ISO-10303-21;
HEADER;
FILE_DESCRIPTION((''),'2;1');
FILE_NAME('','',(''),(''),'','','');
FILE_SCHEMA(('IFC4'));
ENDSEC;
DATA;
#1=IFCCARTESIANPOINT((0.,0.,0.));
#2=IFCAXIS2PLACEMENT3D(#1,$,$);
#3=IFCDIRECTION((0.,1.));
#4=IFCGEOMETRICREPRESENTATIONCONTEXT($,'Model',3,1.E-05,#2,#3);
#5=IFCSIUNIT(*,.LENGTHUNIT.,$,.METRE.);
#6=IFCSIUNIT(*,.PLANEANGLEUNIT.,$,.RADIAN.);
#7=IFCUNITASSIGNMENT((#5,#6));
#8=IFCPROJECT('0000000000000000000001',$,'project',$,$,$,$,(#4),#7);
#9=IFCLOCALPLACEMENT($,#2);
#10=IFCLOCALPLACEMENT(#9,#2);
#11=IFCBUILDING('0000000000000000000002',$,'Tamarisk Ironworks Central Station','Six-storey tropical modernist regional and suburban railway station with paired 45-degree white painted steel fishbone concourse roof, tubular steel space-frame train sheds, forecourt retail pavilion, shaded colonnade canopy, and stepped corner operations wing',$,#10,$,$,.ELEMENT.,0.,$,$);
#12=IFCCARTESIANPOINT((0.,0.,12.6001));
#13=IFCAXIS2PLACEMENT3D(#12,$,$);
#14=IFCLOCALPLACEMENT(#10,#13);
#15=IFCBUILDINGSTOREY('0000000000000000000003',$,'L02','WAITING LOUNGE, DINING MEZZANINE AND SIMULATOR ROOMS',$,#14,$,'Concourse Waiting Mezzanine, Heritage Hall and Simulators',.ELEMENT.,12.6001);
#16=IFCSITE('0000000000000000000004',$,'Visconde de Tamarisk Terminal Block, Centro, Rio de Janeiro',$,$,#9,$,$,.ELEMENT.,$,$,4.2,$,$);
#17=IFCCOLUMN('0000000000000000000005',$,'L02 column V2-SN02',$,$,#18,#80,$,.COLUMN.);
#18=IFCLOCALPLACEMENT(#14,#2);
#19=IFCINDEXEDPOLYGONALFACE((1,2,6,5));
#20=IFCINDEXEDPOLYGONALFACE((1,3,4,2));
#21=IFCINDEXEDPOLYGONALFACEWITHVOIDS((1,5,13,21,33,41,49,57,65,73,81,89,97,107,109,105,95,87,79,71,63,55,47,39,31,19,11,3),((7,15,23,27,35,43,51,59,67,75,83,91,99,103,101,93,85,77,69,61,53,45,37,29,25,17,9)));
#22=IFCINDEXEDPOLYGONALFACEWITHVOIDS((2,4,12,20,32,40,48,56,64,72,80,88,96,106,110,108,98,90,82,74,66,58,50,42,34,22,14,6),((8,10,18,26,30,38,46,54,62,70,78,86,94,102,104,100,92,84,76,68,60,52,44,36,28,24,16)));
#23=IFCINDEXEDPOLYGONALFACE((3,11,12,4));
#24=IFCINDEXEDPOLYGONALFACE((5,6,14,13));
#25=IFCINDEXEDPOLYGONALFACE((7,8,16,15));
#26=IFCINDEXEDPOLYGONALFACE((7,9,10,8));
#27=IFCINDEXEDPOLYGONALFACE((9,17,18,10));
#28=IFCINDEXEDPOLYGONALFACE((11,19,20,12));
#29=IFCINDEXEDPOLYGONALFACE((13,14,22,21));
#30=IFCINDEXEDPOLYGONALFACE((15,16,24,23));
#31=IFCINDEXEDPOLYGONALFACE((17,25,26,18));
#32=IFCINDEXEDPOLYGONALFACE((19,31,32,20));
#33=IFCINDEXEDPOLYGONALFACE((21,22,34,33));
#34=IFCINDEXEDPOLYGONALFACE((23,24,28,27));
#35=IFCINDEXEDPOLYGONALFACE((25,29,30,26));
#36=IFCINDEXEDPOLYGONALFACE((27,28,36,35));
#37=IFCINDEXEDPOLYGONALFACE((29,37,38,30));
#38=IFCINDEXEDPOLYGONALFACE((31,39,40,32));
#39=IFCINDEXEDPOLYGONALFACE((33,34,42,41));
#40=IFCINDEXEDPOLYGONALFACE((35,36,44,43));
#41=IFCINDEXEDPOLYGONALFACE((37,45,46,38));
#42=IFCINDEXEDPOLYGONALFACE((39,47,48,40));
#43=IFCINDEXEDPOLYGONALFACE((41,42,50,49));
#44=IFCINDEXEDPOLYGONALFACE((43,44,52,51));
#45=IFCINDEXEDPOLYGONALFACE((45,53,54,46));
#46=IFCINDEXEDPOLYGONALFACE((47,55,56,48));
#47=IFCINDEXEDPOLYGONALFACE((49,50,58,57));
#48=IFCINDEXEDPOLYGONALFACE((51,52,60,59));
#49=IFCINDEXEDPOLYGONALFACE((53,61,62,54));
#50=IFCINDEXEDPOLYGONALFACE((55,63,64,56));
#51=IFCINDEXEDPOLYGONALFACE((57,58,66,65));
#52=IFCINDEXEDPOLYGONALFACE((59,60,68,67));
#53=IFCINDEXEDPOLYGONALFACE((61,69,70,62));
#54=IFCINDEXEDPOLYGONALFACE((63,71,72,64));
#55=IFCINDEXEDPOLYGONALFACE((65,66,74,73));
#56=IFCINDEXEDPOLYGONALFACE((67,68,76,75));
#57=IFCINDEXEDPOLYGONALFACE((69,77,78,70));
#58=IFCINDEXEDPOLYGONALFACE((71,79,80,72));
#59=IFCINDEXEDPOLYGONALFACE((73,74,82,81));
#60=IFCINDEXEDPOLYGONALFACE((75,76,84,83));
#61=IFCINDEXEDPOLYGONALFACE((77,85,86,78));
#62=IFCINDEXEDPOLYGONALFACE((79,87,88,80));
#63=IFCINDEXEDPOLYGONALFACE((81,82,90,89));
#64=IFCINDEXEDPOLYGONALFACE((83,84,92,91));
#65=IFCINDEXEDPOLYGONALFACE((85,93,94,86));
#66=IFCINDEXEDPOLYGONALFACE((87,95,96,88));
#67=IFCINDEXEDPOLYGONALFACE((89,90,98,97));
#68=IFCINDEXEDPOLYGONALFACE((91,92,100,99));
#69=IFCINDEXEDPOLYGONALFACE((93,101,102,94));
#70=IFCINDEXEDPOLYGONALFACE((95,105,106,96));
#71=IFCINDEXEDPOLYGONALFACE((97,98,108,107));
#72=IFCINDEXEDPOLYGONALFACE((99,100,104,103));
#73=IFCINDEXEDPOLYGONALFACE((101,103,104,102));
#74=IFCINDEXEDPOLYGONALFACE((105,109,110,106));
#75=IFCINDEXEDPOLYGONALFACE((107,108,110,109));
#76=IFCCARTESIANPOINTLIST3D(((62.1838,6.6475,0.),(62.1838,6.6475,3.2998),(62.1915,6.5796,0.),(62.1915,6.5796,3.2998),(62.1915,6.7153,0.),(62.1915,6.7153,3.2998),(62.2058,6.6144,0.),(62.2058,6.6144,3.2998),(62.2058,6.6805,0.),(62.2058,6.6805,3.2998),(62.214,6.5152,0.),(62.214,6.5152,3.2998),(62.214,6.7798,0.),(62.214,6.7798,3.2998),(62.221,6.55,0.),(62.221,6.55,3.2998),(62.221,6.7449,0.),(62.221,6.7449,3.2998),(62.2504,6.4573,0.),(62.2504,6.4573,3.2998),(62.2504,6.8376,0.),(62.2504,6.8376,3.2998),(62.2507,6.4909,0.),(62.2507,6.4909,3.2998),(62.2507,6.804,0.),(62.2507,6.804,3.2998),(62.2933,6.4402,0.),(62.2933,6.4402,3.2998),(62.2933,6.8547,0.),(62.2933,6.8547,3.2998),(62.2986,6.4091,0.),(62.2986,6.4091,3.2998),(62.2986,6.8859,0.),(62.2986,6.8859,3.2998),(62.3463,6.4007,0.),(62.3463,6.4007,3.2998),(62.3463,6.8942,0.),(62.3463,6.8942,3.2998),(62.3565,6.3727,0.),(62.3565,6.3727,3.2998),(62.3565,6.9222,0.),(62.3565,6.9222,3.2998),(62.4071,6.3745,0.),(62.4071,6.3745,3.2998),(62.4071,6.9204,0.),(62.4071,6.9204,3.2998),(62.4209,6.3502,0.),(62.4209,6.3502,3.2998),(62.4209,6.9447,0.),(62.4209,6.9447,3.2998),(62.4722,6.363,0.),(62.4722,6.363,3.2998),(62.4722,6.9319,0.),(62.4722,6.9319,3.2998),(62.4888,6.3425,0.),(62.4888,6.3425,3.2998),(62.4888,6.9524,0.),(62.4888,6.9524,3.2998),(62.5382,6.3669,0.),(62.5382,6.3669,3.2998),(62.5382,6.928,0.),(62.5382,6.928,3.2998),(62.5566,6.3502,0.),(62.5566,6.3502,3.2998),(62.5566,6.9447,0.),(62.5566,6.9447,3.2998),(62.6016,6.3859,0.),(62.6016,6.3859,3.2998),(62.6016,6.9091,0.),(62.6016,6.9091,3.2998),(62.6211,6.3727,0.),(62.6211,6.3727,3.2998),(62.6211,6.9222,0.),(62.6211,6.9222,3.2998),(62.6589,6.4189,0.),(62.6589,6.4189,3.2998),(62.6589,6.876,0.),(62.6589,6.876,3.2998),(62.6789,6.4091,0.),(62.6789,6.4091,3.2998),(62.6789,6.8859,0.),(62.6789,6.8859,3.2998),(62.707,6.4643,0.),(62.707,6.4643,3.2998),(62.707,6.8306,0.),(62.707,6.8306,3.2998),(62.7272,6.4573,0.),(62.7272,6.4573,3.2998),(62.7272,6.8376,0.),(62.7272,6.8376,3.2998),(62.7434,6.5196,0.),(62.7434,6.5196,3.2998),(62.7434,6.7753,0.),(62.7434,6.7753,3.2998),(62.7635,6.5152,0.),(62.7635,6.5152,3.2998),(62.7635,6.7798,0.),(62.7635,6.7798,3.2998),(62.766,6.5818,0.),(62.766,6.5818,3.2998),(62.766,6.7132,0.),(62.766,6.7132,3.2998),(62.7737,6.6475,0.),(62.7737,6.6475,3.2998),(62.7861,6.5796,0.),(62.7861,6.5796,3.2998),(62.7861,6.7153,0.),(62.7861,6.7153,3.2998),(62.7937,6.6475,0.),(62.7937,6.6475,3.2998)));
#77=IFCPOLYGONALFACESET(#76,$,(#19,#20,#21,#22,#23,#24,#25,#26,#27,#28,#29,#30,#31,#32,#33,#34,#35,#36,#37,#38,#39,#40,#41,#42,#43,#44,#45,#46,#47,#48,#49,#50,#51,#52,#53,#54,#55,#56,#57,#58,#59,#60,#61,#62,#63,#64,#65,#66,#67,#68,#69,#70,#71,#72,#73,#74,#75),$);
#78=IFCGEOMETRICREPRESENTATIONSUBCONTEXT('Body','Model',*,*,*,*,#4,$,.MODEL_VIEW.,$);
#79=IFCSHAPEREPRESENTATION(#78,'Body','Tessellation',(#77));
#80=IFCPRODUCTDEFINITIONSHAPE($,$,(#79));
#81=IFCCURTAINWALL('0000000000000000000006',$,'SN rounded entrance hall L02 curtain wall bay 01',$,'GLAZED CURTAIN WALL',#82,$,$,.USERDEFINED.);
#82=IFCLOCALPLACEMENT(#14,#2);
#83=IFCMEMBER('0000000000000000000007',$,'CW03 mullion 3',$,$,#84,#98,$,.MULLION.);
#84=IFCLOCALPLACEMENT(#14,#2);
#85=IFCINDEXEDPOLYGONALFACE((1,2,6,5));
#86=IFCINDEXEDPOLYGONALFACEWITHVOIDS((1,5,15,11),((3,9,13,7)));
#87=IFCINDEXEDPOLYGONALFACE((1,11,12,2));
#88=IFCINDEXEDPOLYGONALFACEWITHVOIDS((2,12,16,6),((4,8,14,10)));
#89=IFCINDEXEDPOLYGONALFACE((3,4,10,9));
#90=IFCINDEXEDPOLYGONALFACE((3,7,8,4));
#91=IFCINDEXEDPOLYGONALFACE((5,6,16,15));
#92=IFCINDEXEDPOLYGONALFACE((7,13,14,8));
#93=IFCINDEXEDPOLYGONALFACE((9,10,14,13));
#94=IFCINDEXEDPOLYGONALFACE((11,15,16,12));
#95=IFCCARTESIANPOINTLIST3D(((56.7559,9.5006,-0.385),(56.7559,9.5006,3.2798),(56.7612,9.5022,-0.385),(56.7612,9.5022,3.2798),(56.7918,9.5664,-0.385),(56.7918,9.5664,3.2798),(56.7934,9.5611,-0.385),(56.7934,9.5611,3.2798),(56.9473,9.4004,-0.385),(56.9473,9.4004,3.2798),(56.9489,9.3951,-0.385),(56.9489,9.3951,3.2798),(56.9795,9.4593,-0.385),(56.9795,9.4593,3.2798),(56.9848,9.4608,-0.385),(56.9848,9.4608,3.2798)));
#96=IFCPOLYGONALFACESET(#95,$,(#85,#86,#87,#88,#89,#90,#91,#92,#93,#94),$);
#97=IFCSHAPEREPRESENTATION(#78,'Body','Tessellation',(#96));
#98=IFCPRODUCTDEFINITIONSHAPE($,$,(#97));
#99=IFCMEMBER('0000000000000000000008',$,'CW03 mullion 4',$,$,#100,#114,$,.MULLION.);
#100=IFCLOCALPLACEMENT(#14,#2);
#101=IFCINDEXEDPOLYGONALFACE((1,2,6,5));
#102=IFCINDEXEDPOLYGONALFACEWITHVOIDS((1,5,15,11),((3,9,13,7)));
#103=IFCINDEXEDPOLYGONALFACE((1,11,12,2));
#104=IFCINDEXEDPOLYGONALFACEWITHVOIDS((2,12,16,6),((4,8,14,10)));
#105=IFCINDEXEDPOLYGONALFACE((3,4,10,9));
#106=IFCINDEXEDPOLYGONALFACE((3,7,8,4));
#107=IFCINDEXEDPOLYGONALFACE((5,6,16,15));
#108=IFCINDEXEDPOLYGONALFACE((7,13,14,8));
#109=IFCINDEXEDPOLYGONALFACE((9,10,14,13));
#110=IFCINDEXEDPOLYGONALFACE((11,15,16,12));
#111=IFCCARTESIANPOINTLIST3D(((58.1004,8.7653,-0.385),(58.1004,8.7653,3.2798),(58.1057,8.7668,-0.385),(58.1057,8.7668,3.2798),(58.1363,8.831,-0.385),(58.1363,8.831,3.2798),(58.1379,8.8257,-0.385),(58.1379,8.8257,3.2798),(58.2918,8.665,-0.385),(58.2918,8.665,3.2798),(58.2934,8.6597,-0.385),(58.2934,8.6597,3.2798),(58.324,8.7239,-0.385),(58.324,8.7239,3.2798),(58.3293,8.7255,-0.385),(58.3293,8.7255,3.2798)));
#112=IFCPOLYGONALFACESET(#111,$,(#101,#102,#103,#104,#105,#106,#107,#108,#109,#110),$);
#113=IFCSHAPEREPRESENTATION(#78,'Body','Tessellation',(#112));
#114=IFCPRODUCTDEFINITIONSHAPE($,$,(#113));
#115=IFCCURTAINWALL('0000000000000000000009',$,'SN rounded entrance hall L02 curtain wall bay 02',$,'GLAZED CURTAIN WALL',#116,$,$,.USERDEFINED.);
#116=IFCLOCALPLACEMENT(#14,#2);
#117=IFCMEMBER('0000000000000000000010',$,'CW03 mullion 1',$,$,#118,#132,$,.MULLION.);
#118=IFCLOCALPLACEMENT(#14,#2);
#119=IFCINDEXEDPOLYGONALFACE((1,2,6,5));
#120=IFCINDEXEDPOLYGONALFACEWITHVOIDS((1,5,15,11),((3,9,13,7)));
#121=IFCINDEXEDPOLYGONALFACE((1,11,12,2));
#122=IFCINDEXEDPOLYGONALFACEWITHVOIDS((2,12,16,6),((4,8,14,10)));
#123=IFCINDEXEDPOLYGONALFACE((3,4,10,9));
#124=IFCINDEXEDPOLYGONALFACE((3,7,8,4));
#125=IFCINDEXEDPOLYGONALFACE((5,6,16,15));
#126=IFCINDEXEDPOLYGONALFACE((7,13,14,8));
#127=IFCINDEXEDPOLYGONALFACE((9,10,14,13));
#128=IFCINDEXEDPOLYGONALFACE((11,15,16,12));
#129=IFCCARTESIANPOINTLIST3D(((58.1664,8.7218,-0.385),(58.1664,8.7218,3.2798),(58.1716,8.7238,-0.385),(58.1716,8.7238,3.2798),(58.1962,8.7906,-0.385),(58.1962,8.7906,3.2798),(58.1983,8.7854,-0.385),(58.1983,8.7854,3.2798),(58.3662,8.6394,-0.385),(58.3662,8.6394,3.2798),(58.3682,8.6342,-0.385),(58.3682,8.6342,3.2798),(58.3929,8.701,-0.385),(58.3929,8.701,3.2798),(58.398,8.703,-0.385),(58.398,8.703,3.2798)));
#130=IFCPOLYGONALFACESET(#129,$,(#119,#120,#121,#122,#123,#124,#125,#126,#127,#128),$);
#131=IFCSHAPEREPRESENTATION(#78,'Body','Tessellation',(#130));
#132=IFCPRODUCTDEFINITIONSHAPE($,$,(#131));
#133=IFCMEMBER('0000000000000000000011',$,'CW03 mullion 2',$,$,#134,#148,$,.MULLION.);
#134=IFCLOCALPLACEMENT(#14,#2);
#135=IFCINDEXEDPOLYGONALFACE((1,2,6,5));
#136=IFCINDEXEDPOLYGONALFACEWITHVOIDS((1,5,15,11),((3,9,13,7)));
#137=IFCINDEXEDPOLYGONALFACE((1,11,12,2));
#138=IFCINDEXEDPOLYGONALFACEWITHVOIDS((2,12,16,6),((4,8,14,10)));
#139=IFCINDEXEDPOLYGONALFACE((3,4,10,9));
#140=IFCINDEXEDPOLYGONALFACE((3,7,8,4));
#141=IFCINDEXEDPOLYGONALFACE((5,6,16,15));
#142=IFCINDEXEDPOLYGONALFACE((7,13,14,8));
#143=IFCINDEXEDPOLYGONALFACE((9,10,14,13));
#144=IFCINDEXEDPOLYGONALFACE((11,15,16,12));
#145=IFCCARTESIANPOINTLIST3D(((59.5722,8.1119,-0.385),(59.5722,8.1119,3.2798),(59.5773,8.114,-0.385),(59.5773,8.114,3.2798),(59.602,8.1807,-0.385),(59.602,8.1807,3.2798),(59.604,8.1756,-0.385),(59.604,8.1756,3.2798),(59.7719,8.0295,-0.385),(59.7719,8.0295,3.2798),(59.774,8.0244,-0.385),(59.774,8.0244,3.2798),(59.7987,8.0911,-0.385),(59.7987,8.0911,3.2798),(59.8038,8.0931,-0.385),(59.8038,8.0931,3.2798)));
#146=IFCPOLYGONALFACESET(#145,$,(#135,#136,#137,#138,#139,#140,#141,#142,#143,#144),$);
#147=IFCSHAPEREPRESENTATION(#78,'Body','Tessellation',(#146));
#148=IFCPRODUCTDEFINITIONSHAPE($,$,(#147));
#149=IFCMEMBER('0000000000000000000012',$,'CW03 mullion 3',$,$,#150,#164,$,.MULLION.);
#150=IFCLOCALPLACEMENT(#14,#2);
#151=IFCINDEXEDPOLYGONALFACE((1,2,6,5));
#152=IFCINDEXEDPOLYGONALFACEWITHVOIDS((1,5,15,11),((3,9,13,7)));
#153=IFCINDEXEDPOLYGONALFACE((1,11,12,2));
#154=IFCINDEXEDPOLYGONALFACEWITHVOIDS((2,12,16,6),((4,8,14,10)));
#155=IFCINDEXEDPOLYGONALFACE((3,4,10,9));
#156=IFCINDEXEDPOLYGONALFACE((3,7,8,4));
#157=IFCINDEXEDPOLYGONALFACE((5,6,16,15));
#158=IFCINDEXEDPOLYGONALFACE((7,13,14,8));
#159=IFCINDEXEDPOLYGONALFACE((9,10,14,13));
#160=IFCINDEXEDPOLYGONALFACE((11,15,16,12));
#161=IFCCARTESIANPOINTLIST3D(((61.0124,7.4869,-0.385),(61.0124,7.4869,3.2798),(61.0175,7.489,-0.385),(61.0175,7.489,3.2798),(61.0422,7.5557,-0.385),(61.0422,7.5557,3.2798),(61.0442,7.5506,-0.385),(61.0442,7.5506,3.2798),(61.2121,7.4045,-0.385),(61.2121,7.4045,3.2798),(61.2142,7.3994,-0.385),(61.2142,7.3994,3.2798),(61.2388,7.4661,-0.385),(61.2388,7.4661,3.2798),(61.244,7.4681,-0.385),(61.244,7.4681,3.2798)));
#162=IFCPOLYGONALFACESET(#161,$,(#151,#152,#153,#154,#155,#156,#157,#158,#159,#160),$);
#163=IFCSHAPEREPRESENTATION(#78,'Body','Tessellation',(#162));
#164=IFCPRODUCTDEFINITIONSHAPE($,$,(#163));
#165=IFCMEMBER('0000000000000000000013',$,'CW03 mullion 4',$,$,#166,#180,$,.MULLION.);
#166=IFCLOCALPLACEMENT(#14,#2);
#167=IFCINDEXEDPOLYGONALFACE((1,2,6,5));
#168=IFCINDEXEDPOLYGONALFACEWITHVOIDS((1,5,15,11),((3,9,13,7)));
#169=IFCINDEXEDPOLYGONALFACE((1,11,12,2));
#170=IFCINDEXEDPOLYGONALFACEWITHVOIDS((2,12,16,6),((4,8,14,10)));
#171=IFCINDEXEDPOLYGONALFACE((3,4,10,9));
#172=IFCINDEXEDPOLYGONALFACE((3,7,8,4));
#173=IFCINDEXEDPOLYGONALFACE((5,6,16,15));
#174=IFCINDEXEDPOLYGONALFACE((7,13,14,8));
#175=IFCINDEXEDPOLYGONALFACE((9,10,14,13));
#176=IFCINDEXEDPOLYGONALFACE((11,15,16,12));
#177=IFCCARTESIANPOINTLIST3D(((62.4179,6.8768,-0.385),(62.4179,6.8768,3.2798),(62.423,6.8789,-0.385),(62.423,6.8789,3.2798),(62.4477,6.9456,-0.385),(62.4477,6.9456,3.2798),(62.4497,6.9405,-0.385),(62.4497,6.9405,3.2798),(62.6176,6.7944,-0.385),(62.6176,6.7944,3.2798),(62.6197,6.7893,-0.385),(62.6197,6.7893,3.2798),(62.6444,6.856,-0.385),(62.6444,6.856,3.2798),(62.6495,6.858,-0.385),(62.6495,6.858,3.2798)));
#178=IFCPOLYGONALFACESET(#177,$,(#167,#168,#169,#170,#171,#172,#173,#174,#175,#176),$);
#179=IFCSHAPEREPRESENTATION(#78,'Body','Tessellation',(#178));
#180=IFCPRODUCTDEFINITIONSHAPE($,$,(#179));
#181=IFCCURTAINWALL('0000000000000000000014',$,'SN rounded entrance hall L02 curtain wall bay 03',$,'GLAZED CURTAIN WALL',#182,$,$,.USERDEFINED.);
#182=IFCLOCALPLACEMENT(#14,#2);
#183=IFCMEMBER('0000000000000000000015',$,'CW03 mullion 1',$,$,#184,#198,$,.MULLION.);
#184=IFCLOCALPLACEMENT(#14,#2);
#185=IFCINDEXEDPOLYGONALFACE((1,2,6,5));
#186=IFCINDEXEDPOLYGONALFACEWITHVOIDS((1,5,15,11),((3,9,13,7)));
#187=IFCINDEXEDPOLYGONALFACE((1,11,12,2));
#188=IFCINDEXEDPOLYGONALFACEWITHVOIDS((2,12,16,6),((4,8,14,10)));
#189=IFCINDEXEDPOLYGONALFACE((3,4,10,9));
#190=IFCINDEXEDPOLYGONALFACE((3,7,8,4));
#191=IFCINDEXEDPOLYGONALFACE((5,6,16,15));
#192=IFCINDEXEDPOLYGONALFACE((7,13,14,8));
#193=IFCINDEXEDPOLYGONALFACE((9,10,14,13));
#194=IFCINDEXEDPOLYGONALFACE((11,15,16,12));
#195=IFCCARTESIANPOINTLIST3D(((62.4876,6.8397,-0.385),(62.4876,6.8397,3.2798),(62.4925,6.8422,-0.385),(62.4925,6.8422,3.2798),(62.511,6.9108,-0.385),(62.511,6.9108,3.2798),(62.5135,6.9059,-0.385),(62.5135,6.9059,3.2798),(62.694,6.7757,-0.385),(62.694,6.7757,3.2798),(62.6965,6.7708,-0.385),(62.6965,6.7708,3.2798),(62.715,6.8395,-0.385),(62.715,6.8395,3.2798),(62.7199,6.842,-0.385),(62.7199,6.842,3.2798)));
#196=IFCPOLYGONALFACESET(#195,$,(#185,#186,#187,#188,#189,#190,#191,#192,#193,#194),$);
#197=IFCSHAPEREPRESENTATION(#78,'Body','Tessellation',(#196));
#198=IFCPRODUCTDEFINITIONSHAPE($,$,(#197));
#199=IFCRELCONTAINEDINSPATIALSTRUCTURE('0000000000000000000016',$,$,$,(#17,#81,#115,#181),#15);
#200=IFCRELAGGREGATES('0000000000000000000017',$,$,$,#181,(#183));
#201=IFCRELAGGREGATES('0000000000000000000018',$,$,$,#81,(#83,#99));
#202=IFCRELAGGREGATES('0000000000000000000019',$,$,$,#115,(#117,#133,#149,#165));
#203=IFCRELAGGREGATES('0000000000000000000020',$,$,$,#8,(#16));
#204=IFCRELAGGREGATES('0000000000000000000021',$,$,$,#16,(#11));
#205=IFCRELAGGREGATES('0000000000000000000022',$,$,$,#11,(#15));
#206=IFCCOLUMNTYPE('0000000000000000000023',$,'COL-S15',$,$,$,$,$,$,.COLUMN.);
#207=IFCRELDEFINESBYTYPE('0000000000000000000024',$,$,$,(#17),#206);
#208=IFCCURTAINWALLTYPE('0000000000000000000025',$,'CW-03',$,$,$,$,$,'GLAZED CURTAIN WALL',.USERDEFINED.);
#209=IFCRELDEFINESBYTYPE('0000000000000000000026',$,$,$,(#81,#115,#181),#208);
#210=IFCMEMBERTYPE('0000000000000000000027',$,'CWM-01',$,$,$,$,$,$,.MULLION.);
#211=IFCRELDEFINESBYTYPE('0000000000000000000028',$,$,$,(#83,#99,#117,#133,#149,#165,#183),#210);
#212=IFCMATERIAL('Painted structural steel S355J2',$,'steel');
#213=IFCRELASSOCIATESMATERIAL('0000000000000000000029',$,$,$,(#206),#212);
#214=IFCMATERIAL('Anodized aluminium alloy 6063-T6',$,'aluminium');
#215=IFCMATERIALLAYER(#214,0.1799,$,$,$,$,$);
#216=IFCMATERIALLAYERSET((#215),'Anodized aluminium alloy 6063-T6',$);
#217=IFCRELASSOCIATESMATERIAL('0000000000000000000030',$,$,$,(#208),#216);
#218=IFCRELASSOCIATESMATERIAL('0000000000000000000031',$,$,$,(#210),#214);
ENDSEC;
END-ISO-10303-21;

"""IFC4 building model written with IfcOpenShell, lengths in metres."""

from ifc_helpers import new_model, si_unit, direction, frame, origin, origin_2d, place, context, subcontext, project, spatial, hollow_rectangle, hollow_circle, extrude, material, layer, layer_set, material_profile, profile_set, type_object, element, aggregate, save


model = new_model("IFC4")

# Units and contexts
model_context = context("Model", 3, precision=1e-05, world=origin(), true_north=direction((0.0, 1.0)))
body_context = subcontext(model_context, "Body", "Model", "MODEL_VIEW")
ifc_project = project(units=[si_unit("LENGTHUNIT", "METRE"), si_unit("PLANEANGLEUNIT", "RADIAN")], contexts=[model_context])

# Site, building, storey
site_placement = place(None, origin())
site = spatial("IfcSite", under=ifc_project, at=site_placement, Name="Visconde de Tamarisk Terminal Block, Centro, Rio de Janeiro", CompositionType="ELEMENT", RefElevation=4.2)
building_placement = place(site_placement, origin())
building = spatial("IfcBuilding", under=site, at=building_placement, Name="Tamarisk Ironworks Central Station", Description="Six-storey tropical modernist regional and suburban railway station with paired 45-degree white painted steel fishbone concourse roof, tubular steel space-frame train sheds, forecourt retail pavilion, shaded colonnade canopy, and stepped corner operations wing", CompositionType="ELEMENT", ElevationOfRefHeight=0.0)
storey_placement = place(building_placement, frame((0.0, 0.0, 12.6001)))
storey = spatial("IfcBuildingStorey", under=building, at=storey_placement, Name="L02", Description="WAITING LOUNGE, DINING MEZZANINE AND SIMULATOR ROOMS", LongName="Concourse Waiting Mezzanine, Heritage Hall and Simulators", CompositionType="ELEMENT", Elevation=12.6001)

# Column
ifc_material_1 = material(Name="Painted structural steel S355J2", Category="steel")
ifc_material_profile_1 = material_profile(ifc_material_1, hollow_circle(Radius=0.3049, WallThickness=0.02, at=origin_2d()), Name="CHS 610x20")
ifc_profile_set_1 = profile_set([ifc_material_profile_1], Name="Painted structural steel S355J2")
column_type = type_object("IfcColumnType", Name="COL-S15", PredefinedType="COLUMN", material=ifc_profile_set_1)
column_placement = place(storey_placement, frame((62.4888, 6.6475, 0.0), z_axis=(0.0, 0.0, 1.0), x_axis=(1.0, 0.0, 0.0)))
element("IfcColumn", 1, at=column_placement, inside=storey, type_object=column_type, Name="L02 column V2-SN02", PredefinedType="COLUMN", context=body_context, shape_type="SweptSolid", body=[
    extrude(hollow_circle(Radius=0.3049, WallThickness=0.02, at=origin_2d()), origin(), (0.0, 0.0, 1.0), 3.2998),
])

# Curtain walls, members
ifc_material_2 = material(Name="Anodized aluminium alloy 6063-T6", Category="aluminium")
ifc_layer_1 = layer(ifc_material_2, 0.1799)
ifc_layer_set_1 = layer_set([ifc_layer_1], Name="Anodized aluminium alloy 6063-T6")
curtain_wall_type = type_object("IfcCurtainWallType", Name="CW-03", ElementType="GLAZED CURTAIN WALL", PredefinedType="USERDEFINED", material=ifc_layer_set_1)
curtain_wall_1_placement = place(storey_placement, origin())
curtain_wall_1 = element("IfcCurtainWall", 2, at=curtain_wall_1_placement, inside=storey, type_object=curtain_wall_type, Name="SN rounded entrance hall L02 curtain wall bay 01", ObjectType="GLAZED CURTAIN WALL", PredefinedType="USERDEFINED")
ifc_material_profile_2 = material_profile(ifc_material_2, hollow_rectangle(XDim=0.075, YDim=0.22, WallThickness=0.0039, at=origin_2d()), Name="ALUM 220x75")
ifc_profile_set_2 = profile_set([ifc_material_profile_2], Name="Anodized aluminium alloy 6063-T6")
member_type_1 = type_object("IfcMemberType", Name="CWM-01", PredefinedType="MULLION", material=ifc_profile_set_2)
member_1_placement = place(storey_placement, frame((56.8704, 9.4807, -0.385), z_axis=(0.0, 0.0, 1.0), x_axis=(0.479805, 0.877375, 0.0)))
member_1 = element("IfcMember", 3, at=member_1_placement, type_object=member_type_1, Name="CW03 mullion 3", PredefinedType="MULLION", context=body_context, shape_type="SweptSolid", body=[
    extrude(hollow_rectangle(XDim=0.075, YDim=0.22, WallThickness=0.0039, at=origin_2d()), origin(), (0.0, 0.0, 1.0), 3.6648),
])
member_2_placement = place(storey_placement, frame((58.2148, 8.7454, -0.385), z_axis=(0.0, 0.0, 1.0), x_axis=(0.479805, 0.877375, 0.0)))
member_2 = element("IfcMember", 4, at=member_2_placement, type_object=member_type_1, Name="CW03 mullion 4", PredefinedType="MULLION", context=body_context, shape_type="SweptSolid", body=[
    extrude(hollow_rectangle(XDim=0.075, YDim=0.22, WallThickness=0.0039, at=origin_2d()), origin(), (0.0, 0.0, 1.0), 3.6648),
])
curtain_wall_2_placement = place(storey_placement, origin())
curtain_wall_2 = element("IfcCurtainWall", 5, at=curtain_wall_2_placement, inside=storey, type_object=curtain_wall_type, Name="SN rounded entrance hall L02 curtain wall bay 02", ObjectType="GLAZED CURTAIN WALL", PredefinedType="USERDEFINED")
member_3_placement = place(storey_placement, frame((58.2822, 8.7124, -0.385), z_axis=(0.0, 0.0, 1.0), x_axis=(0.398077, 0.917352, 0.0)))
member_3 = element("IfcMember", 6, at=member_3_placement, type_object=member_type_1, Name="CW03 mullion 1", PredefinedType="MULLION", context=body_context, shape_type="SweptSolid", body=[
    extrude(hollow_rectangle(XDim=0.075, YDim=0.22, WallThickness=0.0039, at=origin_2d()), origin(), (0.0, 0.0, 1.0), 3.6648),
])
member_4_placement = place(storey_placement, frame((59.688, 8.1025, -0.385), z_axis=(0.0, 0.0, 1.0), x_axis=(0.398077, 0.917352, 0.0)))
member_4 = element("IfcMember", 7, at=member_4_placement, type_object=member_type_1, Name="CW03 mullion 2", PredefinedType="MULLION", context=body_context, shape_type="SweptSolid", body=[
    extrude(hollow_rectangle(XDim=0.075, YDim=0.22, WallThickness=0.0039, at=origin_2d()), origin(), (0.0, 0.0, 1.0), 3.6648),
])
member_5_placement = place(storey_placement, frame((61.1282, 7.4775, -0.385), z_axis=(0.0, 0.0, 1.0), x_axis=(0.398077, 0.917352, 0.0)))
member_5 = element("IfcMember", 8, at=member_5_placement, type_object=member_type_1, Name="CW03 mullion 3", PredefinedType="MULLION", context=body_context, shape_type="SweptSolid", body=[
    extrude(hollow_rectangle(XDim=0.075, YDim=0.22, WallThickness=0.0039, at=origin_2d()), origin(), (0.0, 0.0, 1.0), 3.6648),
])
member_6_placement = place(storey_placement, frame((62.5337, 6.8674, -0.385), z_axis=(0.0, 0.0, 1.0), x_axis=(0.398077, 0.917352, 0.0)))
member_6 = element("IfcMember", 9, at=member_6_placement, type_object=member_type_1, Name="CW03 mullion 4", PredefinedType="MULLION", context=body_context, shape_type="SweptSolid", body=[
    extrude(hollow_rectangle(XDim=0.075, YDim=0.22, WallThickness=0.0039, at=origin_2d()), origin(), (0.0, 0.0, 1.0), 3.6648),
])

# Curtain wall, member
curtain_wall_3_placement = place(storey_placement, origin())
curtain_wall_3 = element("IfcCurtainWall", 10, at=curtain_wall_3_placement, inside=storey, type_object=curtain_wall_type, Name="SN rounded entrance hall L02 curtain wall bay 03", ObjectType="GLAZED CURTAIN WALL", PredefinedType="USERDEFINED")
member_7_placement = place(storey_placement, frame((62.6038, 6.8408, -0.385), z_axis=(0.0, 0.0, 1.0), x_axis=(0.313098, 0.949721, 0.0)))
member_7 = element("IfcMember", 11, at=member_7_placement, type_object=member_type_1, Name="CW03 mullion 1", PredefinedType="MULLION", context=body_context, shape_type="SweptSolid", body=[
    extrude(hollow_rectangle(XDim=0.075, YDim=0.22, WallThickness=0.0039, at=origin_2d()), origin(), (0.0, 0.0, 1.0), 3.6648),
])
aggregate(curtain_wall_3, [member_7])

aggregate(curtain_wall_1, [member_1, member_2])
aggregate(curtain_wall_2, [member_3, member_4, member_5, member_6])

save(model, "model.ifc")
